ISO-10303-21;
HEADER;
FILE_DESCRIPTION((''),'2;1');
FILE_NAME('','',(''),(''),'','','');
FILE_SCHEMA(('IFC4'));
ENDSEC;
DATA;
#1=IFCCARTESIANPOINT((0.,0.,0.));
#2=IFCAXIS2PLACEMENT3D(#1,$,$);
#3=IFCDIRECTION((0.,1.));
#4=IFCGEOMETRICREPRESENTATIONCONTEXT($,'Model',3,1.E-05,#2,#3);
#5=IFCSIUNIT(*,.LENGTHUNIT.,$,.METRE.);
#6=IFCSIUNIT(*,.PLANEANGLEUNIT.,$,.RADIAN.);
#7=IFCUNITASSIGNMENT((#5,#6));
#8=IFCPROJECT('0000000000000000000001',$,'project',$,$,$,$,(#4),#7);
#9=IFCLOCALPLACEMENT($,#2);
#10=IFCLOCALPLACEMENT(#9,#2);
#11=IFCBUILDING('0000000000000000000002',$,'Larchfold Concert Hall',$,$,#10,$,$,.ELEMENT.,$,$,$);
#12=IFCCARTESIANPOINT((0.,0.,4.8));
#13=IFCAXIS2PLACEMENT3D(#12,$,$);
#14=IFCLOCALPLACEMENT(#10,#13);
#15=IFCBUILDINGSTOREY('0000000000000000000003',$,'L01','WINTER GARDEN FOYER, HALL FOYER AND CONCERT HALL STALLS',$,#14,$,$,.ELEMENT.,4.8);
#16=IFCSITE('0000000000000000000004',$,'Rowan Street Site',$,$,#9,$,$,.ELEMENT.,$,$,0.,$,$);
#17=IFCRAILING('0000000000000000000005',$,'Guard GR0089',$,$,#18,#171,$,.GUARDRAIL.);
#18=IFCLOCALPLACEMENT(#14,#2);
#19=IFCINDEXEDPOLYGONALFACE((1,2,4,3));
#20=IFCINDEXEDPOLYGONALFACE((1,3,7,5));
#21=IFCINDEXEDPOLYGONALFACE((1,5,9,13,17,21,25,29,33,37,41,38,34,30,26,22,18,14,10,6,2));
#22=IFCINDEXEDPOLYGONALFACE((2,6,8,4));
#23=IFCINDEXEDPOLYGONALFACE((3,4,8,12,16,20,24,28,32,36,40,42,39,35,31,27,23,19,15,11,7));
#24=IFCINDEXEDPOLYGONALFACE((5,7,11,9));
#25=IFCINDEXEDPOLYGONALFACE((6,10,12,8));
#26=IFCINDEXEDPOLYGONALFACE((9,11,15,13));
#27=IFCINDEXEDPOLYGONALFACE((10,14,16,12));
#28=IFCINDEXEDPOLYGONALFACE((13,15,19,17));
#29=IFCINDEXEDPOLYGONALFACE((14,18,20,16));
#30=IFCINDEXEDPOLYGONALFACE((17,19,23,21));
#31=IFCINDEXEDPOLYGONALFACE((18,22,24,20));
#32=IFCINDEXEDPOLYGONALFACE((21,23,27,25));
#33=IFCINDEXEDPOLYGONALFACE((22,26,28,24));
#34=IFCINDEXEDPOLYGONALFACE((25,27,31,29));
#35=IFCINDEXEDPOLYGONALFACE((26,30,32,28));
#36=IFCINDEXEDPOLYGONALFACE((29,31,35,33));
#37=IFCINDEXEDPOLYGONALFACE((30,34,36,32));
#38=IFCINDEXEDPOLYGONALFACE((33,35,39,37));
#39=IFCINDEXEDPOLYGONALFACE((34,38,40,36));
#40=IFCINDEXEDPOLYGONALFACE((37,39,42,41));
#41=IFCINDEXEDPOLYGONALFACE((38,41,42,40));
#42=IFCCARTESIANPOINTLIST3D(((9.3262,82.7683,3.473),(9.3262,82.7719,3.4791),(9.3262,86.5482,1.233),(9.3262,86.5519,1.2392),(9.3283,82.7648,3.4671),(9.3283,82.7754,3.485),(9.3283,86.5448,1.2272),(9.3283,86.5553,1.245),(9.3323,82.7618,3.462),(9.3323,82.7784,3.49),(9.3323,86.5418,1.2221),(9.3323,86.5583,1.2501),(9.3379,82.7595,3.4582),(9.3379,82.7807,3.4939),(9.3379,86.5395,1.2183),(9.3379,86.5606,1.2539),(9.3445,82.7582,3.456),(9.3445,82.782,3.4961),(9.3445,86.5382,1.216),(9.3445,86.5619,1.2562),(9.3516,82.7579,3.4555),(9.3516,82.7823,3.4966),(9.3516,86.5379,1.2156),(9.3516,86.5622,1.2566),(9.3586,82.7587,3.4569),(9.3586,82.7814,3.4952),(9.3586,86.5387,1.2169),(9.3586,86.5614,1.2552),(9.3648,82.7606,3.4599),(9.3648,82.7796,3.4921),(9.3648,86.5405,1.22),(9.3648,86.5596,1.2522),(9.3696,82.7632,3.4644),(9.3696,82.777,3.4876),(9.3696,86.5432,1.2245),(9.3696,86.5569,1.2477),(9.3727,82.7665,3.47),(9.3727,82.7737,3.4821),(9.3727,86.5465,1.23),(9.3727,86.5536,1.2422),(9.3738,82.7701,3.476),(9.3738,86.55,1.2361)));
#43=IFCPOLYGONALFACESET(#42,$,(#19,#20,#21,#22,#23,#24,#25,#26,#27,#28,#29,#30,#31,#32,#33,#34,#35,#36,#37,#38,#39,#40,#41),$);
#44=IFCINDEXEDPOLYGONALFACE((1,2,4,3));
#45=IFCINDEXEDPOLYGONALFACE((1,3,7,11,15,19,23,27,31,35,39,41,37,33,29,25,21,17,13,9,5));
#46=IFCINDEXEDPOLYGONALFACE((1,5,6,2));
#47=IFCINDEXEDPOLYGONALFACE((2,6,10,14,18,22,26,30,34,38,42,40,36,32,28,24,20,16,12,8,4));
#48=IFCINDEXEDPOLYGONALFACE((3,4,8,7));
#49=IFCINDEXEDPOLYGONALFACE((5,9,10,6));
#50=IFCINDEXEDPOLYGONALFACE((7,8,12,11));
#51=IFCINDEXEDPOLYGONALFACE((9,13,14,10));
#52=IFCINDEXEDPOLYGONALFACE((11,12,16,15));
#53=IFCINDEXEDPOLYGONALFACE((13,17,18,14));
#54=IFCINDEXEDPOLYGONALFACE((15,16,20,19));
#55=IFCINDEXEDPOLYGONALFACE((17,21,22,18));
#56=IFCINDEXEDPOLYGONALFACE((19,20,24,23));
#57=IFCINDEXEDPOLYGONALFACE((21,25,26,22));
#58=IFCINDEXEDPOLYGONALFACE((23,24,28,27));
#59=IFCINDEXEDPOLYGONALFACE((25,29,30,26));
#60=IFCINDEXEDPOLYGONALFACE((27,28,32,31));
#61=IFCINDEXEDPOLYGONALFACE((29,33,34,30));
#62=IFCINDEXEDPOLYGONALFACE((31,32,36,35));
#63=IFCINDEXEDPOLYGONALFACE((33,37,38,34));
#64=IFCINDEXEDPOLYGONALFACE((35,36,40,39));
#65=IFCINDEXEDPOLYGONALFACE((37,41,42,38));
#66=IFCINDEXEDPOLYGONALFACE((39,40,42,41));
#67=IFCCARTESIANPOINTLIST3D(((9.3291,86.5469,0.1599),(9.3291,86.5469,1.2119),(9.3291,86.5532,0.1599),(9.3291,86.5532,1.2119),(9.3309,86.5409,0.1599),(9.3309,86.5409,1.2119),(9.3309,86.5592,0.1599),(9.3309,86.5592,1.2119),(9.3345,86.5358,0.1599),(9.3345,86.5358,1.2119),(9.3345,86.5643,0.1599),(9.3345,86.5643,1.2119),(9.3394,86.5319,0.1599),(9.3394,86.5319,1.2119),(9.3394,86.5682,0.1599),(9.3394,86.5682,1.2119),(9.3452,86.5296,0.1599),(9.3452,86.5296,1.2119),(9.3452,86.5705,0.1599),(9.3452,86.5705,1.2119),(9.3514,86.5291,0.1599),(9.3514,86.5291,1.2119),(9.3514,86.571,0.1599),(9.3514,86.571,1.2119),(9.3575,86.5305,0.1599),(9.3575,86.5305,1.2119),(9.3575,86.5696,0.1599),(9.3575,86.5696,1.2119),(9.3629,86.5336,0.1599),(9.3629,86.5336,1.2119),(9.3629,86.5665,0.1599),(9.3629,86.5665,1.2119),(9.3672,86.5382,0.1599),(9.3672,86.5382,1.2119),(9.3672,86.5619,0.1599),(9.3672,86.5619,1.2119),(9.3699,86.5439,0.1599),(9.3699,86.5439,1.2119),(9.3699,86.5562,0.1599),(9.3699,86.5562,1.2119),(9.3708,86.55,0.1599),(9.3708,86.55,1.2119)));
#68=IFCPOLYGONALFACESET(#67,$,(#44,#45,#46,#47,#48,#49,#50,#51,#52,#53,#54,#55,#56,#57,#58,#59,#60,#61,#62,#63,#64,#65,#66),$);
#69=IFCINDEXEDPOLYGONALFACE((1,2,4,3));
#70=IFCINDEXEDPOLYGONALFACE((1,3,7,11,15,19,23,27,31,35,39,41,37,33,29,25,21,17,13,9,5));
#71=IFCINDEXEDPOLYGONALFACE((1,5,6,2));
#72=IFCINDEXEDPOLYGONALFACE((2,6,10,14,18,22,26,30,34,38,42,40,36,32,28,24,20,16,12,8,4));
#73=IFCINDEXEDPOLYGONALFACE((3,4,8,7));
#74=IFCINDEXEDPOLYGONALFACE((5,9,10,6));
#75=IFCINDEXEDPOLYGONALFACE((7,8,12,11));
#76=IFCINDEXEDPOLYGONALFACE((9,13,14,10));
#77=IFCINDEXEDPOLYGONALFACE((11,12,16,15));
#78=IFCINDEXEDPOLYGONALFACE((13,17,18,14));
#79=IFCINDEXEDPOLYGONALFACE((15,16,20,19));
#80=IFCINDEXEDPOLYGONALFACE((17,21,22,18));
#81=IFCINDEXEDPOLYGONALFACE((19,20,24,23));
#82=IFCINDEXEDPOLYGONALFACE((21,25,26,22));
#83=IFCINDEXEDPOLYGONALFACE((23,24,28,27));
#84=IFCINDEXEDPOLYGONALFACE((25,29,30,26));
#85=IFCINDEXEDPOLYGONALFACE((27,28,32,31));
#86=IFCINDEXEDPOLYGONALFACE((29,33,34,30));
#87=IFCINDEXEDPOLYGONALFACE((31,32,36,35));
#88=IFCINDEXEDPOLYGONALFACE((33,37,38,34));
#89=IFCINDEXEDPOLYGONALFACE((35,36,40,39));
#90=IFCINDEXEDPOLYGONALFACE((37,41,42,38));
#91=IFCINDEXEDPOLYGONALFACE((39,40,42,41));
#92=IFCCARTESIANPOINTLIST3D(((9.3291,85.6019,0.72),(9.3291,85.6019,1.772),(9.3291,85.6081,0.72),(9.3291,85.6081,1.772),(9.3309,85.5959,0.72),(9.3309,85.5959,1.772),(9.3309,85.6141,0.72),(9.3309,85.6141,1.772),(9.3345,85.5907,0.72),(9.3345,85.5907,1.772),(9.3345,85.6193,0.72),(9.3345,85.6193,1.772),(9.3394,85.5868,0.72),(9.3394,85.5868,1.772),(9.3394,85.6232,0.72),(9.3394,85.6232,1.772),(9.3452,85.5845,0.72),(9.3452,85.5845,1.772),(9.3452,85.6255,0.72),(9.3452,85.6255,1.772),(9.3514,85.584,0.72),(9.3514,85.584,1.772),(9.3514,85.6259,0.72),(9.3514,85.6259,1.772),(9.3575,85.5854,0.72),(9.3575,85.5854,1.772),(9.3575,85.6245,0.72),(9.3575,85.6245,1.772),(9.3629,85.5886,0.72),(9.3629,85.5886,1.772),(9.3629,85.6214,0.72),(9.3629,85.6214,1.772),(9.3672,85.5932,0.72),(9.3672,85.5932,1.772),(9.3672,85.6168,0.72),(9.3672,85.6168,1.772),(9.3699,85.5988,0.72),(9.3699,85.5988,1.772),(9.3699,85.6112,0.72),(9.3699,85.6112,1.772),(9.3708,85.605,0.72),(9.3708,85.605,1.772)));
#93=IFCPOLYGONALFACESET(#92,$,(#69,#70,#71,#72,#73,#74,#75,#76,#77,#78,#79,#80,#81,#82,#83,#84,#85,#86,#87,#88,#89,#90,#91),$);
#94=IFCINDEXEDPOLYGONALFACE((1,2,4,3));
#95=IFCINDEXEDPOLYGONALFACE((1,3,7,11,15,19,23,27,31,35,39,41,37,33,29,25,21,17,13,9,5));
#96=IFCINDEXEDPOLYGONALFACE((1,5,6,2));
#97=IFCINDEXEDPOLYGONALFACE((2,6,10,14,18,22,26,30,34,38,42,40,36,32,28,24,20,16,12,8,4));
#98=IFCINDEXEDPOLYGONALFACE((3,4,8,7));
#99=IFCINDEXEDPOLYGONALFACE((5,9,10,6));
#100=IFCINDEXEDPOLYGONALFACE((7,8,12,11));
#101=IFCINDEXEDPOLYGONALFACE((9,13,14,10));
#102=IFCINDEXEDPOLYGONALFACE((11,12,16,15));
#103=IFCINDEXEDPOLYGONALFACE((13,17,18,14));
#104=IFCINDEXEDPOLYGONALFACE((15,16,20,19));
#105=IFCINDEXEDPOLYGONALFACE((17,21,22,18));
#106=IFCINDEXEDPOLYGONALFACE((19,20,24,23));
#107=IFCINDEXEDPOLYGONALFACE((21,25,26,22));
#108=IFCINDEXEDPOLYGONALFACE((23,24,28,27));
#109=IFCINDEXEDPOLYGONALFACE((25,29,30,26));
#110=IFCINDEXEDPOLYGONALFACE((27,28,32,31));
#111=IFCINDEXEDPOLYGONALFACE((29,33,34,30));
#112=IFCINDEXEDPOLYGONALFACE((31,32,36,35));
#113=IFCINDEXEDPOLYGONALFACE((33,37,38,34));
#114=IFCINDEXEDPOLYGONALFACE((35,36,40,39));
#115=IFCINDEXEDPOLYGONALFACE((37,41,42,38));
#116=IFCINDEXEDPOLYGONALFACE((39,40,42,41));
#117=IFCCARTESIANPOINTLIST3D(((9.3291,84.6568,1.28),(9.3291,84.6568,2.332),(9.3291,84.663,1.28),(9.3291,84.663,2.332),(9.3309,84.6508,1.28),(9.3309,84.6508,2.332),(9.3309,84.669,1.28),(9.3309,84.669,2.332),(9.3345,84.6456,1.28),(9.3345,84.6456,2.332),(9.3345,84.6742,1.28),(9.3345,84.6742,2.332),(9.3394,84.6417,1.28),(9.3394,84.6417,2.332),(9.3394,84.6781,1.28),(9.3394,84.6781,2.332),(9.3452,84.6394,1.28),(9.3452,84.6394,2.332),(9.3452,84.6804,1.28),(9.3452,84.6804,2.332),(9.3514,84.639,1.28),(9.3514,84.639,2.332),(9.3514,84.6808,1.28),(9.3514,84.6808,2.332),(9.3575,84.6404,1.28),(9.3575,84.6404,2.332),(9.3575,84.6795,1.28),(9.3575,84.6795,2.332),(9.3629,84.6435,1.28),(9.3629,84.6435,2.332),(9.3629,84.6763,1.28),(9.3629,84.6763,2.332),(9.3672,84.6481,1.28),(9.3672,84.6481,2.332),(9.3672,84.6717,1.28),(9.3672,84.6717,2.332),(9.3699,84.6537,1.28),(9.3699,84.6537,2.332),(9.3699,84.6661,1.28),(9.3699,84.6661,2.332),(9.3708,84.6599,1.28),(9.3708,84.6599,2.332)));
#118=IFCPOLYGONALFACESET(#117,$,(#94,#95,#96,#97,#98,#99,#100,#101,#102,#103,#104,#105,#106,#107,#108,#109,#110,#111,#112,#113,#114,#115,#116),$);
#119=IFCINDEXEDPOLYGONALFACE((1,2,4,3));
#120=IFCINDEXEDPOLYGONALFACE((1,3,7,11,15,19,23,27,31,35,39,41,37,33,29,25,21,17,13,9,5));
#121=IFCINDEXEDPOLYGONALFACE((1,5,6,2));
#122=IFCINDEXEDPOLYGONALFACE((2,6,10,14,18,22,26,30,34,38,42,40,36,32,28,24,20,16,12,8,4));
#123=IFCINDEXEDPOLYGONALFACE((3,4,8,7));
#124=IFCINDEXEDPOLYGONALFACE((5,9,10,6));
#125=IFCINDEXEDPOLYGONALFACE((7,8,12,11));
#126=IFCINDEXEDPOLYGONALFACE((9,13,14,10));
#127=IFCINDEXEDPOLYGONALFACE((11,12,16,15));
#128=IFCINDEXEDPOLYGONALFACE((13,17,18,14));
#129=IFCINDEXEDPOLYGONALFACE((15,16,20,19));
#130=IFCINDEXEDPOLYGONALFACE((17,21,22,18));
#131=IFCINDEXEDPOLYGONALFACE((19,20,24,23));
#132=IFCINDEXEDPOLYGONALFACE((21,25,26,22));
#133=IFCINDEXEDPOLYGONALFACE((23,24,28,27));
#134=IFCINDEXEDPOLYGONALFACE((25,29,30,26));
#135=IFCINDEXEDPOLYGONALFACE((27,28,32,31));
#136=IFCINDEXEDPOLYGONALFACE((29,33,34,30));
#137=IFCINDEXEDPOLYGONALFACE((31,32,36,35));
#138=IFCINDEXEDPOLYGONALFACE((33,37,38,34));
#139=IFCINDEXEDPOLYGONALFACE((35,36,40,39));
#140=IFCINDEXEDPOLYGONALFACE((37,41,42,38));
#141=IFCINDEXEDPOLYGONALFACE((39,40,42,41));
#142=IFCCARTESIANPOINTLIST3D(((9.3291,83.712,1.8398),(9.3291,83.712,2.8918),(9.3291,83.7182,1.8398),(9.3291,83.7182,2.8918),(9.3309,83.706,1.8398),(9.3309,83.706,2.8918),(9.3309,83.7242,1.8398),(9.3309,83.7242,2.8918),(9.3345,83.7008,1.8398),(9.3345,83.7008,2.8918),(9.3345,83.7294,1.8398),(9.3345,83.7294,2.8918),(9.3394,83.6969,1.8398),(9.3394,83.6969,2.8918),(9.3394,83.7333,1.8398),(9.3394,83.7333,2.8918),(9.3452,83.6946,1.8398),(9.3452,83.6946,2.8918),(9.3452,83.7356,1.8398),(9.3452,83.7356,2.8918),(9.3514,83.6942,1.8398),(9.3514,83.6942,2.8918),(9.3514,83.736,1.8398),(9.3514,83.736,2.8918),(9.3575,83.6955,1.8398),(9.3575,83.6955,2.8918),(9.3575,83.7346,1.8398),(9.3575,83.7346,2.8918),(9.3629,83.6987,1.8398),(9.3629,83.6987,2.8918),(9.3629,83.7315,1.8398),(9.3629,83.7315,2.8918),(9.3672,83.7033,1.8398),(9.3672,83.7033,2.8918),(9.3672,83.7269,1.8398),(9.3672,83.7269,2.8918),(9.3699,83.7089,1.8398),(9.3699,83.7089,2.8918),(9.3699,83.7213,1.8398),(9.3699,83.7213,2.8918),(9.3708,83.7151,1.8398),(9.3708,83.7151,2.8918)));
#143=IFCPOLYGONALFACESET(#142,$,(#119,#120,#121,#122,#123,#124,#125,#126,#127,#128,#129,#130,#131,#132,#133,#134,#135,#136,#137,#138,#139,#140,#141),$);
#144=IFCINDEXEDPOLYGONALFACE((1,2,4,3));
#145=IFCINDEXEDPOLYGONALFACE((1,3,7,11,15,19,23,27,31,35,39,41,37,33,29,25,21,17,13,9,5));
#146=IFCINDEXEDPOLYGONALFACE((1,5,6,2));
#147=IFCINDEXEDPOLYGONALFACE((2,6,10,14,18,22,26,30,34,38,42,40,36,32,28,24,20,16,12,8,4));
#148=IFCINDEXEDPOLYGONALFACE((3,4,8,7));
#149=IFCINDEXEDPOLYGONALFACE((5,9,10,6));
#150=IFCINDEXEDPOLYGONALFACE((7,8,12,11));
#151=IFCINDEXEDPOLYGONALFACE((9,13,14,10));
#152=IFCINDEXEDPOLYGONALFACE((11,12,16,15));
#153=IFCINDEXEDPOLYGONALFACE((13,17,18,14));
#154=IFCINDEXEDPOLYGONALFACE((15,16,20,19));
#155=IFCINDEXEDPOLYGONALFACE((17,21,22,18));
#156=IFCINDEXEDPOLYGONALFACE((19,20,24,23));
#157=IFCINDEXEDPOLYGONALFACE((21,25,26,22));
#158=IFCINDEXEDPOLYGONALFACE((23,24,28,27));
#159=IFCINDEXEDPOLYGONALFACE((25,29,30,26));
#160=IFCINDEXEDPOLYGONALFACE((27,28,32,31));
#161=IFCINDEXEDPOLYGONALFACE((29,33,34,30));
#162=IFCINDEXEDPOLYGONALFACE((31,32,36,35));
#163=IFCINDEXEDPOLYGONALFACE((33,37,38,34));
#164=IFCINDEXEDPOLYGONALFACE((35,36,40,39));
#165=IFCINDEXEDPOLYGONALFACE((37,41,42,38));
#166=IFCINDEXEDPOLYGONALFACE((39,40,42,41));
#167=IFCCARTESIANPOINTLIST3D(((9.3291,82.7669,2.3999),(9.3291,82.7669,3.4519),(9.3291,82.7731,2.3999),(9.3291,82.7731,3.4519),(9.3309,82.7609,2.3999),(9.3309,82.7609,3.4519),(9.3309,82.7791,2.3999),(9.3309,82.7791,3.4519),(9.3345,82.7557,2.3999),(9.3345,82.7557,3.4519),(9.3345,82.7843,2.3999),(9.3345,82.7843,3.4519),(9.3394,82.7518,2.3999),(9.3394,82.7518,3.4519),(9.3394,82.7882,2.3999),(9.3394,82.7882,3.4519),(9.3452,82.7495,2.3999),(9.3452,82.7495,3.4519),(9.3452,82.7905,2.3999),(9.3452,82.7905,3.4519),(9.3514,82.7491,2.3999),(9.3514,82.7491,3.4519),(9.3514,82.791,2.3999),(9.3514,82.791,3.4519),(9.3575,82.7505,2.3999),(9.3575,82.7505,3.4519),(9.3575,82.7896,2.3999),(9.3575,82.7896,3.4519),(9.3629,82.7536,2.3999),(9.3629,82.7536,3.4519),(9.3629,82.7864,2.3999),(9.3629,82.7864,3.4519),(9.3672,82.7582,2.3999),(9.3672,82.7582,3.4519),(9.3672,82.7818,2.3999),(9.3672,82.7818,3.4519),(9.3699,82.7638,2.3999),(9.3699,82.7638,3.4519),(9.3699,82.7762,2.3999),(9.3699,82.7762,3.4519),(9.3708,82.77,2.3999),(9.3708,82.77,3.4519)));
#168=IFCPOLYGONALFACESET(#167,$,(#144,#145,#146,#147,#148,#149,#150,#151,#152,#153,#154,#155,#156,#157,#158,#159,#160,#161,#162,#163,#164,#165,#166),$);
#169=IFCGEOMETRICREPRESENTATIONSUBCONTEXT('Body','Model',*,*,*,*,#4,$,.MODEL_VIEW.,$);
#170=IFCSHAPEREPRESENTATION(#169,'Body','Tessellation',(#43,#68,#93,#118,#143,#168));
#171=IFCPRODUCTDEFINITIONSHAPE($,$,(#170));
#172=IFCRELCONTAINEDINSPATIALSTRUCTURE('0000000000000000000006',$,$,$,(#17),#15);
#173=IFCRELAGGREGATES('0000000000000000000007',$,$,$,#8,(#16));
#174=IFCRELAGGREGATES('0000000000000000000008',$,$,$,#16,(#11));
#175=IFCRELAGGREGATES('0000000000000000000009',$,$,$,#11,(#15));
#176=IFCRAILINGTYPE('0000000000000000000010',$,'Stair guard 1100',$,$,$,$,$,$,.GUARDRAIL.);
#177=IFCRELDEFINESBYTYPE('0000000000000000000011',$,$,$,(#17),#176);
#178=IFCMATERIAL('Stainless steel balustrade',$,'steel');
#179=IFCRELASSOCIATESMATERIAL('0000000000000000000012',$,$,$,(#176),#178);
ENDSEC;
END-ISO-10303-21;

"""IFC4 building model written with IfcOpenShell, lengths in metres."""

from ifc_helpers import new_model, si_unit, direction, frame, origin, origin_2d, place, context, subcontext, project, spatial, circle, extrude, material, type_object, element, save


model = new_model("IFC4")

# Units and contexts
model_context = context("Model", 3, precision=1e-05, world=origin(), true_north=direction((0.0, 1.0)))
body_context = subcontext(model_context, "Body", "Model", "MODEL_VIEW")
ifc_project = project(units=[si_unit("LENGTHUNIT", "METRE"), si_unit("PLANEANGLEUNIT", "RADIAN")], contexts=[model_context])

# Site, building, storey
site_placement = place(None, origin())
site = spatial("IfcSite", under=ifc_project, at=site_placement, Name="Rowan Street Site", CompositionType="ELEMENT", RefElevation=0.0)
building_placement = place(site_placement, origin())
building = spatial("IfcBuilding", under=site, at=building_placement, Name="Larchfold Concert Hall", CompositionType="ELEMENT")
storey_placement = place(building_placement, frame((0.0, 0.0, 4.8)))
storey = spatial("IfcBuildingStorey", under=building, at=storey_placement, Name="L01", Description="WINTER GARDEN FOYER, HALL FOYER AND CONCERT HALL STALLS", CompositionType="ELEMENT", Elevation=4.8)

# Railing
ifc_material_1 = material(Name="Stainless steel balustrade", Category="steel")
railing_type_1 = type_object("IfcRailingType", Name="Stair guard 1100", PredefinedType="GUARDRAIL", material=ifc_material_1)
railing_1_placement = place(storey_placement, frame((9.3499, 86.55, 0.1599)))
element("IfcRailing", 1, at=railing_1_placement, inside=storey, type_object=railing_type_1, Name="Guard GR0089", PredefinedType="GUARDRAIL", context=body_context, shape_type="SweptSolid", body=[
    extrude(circle(Radius=0.0239, at=origin_2d()), frame((0.0, 0.0, 1.0762), z_axis=(0.0, -0.860294, 0.509798), x_axis=(1.0, 0.0, 0.0)), (0.0, 0.0, 1.0), 4.3938),
    extrude(circle(Radius=0.021, at=origin_2d()), origin(), (0.0, 0.0, 1.0), 1.052),
    extrude(circle(Radius=0.021, at=origin_2d()), frame((0.0, -0.9451, 0.5601)), (0.0, 0.0, 1.0), 1.052),
    extrude(circle(Radius=0.021, at=origin_2d()), frame((0.0, -1.8901, 1.1201)), (0.0, 0.0, 1.0), 1.052),
    extrude(circle(Radius=0.021, at=origin_2d()), frame((0.0, -2.835, 1.6799)), (0.0, 0.0, 1.0), 1.052),
    extrude(circle(Radius=0.021, at=origin_2d()), frame((0.0, -3.78, 2.24)), (0.0, 0.0, 1.0), 1.052),
])

save(model, "model.ifc")
